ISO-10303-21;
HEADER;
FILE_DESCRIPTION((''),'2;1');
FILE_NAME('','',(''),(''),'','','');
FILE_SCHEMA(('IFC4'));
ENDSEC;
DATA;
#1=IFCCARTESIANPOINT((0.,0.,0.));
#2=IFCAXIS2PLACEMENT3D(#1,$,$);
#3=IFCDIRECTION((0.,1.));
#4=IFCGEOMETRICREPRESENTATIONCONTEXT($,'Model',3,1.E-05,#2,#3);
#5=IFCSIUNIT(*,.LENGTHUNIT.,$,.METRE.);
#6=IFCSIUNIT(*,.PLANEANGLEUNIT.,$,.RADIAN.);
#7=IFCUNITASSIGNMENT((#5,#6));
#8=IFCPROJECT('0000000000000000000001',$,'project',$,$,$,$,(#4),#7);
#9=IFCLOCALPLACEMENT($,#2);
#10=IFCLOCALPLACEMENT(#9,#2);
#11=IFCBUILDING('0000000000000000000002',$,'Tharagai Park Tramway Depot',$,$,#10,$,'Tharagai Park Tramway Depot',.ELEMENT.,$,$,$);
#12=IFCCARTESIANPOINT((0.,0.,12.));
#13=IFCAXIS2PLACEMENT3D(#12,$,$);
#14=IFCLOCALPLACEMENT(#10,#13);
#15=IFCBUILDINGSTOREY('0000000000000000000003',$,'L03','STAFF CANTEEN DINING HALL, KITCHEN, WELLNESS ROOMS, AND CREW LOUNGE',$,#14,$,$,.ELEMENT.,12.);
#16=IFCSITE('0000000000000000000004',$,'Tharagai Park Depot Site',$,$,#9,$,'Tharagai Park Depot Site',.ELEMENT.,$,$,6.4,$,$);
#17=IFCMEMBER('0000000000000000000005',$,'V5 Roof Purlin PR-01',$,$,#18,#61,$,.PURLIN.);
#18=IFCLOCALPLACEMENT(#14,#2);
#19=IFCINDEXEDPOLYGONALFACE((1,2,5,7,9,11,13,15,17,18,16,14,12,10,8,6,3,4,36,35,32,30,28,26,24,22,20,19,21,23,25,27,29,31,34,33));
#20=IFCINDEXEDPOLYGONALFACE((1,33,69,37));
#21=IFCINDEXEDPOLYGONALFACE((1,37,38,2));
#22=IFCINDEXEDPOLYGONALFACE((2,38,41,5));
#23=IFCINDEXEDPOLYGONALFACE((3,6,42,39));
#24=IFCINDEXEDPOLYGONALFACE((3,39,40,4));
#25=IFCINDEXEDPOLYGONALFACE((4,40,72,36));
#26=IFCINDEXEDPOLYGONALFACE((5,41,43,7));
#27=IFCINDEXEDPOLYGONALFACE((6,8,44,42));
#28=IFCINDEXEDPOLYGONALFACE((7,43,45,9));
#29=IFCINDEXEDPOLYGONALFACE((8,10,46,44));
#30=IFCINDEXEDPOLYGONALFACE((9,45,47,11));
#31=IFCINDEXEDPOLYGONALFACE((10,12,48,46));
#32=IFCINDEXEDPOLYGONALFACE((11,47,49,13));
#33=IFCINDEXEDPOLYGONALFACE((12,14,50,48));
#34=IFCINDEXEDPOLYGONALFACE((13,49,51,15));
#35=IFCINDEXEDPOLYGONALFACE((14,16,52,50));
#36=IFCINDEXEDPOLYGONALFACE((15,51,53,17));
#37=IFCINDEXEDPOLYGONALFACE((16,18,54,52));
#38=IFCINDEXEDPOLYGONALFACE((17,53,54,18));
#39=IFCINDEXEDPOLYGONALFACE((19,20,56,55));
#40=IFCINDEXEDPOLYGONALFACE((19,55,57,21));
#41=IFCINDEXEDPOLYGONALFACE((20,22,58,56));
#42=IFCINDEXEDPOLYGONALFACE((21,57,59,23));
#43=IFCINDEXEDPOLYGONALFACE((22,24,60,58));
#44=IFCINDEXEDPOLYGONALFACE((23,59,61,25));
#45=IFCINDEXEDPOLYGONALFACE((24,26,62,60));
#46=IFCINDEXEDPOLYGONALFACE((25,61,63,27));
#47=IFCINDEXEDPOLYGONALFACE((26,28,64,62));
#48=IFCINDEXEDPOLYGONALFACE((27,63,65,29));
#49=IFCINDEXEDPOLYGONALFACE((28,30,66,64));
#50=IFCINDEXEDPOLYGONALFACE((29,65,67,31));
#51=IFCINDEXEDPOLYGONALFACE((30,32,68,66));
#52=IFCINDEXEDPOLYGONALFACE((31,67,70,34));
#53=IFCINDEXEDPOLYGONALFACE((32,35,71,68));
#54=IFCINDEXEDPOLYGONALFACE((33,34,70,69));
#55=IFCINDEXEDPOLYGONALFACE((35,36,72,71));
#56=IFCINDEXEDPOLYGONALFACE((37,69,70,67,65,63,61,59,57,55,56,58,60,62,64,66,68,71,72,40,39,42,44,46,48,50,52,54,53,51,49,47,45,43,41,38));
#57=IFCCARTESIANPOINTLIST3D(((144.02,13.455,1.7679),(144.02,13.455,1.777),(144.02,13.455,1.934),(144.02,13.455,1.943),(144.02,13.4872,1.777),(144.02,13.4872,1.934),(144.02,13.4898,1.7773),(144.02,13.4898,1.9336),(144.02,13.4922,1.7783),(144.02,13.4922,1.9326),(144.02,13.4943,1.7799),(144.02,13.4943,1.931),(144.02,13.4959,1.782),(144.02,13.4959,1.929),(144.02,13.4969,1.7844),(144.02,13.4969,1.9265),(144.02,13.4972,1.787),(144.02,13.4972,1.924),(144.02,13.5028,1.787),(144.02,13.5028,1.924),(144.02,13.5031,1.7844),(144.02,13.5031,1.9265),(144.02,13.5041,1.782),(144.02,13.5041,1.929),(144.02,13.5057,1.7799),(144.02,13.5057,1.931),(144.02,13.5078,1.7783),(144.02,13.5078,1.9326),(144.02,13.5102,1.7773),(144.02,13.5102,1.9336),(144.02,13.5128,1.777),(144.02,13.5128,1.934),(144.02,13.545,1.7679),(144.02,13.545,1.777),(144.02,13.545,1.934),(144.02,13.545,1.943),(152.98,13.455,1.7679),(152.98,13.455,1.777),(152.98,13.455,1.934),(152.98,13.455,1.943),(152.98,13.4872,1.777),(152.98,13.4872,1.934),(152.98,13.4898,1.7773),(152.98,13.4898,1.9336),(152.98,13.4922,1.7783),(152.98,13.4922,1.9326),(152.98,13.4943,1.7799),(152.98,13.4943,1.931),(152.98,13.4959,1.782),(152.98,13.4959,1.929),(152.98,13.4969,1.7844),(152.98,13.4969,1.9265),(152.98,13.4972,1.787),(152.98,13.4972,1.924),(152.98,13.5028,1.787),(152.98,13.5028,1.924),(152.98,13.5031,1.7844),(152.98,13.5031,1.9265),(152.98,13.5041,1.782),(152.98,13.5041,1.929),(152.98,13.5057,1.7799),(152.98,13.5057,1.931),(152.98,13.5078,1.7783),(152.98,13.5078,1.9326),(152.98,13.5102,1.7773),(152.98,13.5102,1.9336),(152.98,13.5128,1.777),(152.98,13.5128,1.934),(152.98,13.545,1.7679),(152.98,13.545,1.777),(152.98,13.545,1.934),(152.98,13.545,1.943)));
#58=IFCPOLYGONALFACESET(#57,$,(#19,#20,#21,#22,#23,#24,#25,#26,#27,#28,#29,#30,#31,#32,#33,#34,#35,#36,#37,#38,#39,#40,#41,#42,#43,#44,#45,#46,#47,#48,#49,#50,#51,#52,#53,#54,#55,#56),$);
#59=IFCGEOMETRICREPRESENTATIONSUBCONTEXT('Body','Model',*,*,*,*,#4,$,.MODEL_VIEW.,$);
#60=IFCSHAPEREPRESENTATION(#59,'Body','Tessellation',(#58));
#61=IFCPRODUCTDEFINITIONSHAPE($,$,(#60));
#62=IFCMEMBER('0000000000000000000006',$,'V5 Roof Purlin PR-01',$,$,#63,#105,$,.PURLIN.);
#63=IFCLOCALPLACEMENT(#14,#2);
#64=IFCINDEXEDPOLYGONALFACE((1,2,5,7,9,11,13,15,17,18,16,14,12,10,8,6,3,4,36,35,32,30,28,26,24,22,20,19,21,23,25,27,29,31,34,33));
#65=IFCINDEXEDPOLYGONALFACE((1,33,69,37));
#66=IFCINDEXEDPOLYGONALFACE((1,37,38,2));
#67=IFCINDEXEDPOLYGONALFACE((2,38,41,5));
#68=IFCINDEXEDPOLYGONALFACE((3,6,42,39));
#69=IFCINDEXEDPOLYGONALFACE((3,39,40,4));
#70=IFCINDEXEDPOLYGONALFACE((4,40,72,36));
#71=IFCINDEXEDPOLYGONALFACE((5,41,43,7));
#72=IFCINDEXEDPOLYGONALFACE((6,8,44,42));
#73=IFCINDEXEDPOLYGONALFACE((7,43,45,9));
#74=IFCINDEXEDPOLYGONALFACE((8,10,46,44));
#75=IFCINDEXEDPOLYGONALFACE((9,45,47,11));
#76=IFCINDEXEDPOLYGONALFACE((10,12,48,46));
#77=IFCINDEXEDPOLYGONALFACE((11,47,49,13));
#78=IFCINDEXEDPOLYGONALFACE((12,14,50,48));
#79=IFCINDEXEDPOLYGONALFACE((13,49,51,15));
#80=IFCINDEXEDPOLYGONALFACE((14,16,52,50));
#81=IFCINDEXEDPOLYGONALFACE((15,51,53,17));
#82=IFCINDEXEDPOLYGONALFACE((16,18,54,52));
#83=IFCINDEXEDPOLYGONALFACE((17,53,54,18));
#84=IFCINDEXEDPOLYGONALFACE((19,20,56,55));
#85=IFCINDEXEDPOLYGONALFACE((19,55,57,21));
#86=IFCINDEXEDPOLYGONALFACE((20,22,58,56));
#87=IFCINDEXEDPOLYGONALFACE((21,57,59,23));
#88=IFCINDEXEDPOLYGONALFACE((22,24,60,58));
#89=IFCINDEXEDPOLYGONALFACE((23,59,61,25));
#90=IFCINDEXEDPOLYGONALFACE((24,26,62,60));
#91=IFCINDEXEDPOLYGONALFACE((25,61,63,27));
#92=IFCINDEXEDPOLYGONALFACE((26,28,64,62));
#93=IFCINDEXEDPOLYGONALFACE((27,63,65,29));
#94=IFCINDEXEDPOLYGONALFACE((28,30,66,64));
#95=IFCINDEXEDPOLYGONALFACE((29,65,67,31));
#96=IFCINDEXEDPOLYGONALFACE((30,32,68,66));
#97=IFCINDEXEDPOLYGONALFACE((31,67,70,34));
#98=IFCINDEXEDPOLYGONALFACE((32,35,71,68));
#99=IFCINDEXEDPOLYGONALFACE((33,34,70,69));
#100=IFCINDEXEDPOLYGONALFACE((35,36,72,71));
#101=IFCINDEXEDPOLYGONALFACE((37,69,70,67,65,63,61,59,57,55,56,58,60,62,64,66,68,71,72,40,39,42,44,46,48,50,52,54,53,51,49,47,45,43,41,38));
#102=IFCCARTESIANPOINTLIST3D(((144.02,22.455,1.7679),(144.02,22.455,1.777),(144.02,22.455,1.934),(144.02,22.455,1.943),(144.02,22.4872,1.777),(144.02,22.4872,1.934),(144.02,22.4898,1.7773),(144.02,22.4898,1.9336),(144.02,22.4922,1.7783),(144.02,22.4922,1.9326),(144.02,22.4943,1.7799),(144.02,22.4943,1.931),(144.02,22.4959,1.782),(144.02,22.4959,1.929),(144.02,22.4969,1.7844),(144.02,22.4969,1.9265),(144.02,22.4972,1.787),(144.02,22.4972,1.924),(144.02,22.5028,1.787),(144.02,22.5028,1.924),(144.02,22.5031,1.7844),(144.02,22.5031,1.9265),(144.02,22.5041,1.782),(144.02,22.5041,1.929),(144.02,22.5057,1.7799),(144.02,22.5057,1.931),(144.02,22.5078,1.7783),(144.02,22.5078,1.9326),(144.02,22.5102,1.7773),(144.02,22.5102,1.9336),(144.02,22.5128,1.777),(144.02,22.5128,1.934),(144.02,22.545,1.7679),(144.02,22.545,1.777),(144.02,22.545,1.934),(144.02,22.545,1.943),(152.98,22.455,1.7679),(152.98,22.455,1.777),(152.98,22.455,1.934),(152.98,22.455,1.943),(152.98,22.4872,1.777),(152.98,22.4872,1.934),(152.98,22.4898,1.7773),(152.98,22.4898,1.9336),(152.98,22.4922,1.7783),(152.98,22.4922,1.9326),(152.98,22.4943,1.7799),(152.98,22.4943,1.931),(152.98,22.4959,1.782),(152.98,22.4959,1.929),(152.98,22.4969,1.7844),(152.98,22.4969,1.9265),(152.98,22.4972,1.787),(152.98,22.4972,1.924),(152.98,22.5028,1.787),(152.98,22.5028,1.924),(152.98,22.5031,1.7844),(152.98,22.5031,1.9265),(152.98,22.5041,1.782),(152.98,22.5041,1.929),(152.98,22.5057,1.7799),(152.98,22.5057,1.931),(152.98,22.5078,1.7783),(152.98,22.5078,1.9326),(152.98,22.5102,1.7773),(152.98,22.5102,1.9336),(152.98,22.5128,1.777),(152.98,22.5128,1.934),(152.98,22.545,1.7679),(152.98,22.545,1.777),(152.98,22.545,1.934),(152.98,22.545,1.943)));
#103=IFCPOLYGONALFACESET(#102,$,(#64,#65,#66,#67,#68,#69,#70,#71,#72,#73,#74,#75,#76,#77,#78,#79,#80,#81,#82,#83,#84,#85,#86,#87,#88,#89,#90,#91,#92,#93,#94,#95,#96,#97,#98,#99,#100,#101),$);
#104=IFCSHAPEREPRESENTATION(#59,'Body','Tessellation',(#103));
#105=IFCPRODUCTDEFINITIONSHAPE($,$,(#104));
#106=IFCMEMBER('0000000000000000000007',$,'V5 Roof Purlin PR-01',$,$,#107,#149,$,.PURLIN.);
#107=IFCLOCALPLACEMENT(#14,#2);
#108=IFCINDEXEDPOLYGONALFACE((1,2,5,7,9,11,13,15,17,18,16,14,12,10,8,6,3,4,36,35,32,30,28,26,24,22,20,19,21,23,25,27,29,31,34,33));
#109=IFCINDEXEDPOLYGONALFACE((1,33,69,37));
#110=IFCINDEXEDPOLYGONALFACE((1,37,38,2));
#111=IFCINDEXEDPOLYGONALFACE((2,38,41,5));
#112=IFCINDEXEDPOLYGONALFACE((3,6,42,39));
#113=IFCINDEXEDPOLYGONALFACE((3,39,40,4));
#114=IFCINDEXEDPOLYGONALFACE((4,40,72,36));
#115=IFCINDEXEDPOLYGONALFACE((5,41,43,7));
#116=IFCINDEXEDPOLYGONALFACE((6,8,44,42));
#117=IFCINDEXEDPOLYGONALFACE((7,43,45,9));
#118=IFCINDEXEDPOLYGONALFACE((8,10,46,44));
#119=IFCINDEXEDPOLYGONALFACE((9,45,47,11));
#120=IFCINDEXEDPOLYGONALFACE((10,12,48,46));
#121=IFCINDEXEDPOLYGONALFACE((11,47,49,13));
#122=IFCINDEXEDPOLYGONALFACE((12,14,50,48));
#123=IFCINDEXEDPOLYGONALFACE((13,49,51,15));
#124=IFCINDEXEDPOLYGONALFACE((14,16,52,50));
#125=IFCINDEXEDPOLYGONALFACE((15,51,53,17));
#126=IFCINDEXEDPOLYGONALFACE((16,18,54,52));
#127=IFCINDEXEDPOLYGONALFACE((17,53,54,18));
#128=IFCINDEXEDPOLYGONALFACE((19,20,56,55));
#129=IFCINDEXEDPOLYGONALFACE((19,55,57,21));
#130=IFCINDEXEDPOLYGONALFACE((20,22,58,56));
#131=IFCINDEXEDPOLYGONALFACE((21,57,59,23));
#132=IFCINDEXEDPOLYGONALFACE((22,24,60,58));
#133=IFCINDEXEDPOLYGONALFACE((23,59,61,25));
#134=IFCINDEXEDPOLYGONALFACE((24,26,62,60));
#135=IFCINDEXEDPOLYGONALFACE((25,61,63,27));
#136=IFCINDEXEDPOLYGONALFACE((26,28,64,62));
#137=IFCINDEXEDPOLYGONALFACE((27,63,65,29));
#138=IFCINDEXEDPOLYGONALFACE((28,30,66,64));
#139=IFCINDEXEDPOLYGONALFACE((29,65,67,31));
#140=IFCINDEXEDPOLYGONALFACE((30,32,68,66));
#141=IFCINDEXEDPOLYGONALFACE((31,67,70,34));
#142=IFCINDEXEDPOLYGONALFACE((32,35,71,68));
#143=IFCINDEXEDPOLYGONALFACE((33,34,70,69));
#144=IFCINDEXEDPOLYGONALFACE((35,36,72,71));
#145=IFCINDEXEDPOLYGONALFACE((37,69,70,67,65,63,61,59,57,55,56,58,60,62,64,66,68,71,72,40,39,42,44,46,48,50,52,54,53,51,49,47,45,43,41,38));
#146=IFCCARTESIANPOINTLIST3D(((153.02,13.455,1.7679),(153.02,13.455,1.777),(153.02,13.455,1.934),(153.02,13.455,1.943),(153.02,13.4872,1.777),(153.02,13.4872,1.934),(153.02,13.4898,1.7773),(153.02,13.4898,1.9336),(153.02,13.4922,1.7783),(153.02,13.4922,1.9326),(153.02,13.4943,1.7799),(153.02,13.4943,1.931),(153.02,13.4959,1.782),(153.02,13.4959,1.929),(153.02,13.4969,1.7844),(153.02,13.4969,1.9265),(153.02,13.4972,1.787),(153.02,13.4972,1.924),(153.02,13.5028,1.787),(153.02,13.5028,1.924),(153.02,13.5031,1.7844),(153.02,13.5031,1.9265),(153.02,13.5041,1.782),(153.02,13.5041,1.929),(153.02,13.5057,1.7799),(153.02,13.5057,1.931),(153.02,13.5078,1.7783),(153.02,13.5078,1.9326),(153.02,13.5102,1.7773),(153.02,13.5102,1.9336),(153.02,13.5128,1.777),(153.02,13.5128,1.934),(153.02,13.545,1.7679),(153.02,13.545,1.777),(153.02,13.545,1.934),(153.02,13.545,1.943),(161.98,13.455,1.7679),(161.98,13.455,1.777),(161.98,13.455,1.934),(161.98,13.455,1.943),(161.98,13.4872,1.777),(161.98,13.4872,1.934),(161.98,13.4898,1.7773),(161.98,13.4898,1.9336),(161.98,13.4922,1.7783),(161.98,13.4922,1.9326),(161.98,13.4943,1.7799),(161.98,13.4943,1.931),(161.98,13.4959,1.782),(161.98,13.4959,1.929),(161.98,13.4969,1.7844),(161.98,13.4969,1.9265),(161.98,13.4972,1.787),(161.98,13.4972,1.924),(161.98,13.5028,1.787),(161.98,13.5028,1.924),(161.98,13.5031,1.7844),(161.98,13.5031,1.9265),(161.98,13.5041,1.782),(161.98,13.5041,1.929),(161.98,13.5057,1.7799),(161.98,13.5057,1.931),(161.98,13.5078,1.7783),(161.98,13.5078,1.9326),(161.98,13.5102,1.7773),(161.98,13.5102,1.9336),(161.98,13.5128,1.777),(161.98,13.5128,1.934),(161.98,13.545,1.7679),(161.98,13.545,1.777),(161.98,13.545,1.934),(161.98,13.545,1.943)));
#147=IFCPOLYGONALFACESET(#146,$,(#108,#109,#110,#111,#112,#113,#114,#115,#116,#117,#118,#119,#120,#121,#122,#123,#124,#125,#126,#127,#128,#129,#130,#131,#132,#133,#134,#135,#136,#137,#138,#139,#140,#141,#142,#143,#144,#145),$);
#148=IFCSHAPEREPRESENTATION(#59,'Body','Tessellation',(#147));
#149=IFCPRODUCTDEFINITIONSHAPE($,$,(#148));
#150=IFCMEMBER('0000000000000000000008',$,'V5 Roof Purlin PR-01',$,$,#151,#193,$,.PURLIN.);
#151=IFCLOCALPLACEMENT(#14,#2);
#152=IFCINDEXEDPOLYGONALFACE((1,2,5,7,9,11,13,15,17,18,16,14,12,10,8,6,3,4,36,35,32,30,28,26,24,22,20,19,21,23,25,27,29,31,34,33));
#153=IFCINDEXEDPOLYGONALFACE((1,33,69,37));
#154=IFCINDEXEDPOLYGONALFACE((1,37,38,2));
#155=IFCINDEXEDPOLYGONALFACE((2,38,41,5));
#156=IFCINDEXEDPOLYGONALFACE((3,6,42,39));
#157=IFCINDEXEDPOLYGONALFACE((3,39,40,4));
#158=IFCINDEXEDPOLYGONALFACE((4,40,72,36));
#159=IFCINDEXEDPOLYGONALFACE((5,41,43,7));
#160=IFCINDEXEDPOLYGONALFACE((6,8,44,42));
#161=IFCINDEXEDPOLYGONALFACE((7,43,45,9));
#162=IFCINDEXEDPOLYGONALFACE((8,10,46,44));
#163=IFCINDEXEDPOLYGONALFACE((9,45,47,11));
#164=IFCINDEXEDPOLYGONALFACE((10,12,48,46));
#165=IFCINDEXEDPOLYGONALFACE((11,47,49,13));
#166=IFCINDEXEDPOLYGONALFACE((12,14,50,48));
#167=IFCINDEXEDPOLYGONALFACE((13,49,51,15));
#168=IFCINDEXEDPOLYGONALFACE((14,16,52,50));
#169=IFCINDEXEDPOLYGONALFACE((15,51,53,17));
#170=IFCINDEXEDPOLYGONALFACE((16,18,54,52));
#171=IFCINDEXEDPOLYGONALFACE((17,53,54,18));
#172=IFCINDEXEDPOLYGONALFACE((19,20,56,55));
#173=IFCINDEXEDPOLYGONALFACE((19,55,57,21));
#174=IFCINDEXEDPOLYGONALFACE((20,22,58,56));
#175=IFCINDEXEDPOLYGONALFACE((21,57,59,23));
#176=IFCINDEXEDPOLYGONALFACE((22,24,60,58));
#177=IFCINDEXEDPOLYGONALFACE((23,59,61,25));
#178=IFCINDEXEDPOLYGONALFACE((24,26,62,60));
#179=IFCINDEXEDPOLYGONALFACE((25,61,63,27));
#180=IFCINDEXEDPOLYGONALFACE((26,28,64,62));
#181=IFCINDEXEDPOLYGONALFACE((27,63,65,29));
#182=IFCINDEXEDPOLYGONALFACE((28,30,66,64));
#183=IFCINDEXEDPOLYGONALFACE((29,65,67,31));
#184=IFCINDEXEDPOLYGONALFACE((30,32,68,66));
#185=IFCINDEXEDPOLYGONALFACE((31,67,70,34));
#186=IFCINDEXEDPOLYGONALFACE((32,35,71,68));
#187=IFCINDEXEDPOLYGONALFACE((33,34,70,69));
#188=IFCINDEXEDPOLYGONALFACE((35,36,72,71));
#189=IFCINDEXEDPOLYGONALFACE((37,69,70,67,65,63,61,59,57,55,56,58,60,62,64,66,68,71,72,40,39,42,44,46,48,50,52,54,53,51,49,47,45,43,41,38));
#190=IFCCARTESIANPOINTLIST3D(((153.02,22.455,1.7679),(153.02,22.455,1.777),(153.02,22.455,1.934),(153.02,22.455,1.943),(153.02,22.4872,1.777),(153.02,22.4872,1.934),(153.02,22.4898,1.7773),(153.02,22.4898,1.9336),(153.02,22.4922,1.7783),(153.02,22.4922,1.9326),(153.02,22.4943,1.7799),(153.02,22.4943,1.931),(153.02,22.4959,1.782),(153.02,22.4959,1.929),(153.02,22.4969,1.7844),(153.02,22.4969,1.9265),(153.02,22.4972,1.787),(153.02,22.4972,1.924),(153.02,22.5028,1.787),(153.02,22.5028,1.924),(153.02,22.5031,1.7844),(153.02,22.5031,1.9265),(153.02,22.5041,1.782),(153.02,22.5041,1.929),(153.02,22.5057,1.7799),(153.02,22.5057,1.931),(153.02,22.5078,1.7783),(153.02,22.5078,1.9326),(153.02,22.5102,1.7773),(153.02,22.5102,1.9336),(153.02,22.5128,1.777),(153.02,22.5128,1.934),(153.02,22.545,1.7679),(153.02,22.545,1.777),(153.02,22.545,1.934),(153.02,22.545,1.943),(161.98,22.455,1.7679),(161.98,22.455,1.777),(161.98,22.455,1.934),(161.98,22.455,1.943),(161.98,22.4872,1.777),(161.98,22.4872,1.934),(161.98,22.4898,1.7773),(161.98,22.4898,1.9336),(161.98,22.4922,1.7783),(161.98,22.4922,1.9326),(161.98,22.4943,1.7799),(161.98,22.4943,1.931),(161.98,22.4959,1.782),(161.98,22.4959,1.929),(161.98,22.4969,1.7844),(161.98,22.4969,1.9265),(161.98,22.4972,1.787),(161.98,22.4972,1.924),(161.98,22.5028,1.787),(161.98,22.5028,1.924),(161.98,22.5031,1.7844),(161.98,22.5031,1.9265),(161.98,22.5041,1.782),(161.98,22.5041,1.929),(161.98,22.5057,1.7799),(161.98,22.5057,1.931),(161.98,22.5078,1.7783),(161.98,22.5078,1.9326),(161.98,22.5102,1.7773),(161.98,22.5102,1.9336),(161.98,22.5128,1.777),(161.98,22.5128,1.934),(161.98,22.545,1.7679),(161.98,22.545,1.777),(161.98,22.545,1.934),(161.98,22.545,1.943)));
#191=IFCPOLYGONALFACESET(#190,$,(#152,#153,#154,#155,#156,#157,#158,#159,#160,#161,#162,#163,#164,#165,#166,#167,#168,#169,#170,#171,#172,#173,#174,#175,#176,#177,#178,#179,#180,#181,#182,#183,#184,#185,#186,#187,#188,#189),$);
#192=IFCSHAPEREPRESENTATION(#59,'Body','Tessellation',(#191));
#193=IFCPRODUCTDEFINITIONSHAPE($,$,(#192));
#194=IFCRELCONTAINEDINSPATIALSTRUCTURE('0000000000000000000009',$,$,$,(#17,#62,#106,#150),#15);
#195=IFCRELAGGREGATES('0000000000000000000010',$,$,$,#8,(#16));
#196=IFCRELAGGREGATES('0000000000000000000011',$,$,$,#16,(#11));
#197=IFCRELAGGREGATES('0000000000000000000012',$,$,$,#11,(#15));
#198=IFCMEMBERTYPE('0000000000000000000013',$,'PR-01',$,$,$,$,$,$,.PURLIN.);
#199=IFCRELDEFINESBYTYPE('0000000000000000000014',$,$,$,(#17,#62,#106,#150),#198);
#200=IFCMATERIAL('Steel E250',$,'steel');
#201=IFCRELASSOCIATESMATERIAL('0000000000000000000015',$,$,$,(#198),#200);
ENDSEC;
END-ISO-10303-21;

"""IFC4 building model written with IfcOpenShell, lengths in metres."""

from ifc_helpers import new_model, si_unit, direction, frame, origin, origin_2d, place, context, subcontext, project, spatial, i_section, extrude, material, material_profile, profile_set, type_object, element, save


model = new_model("IFC4")

# Units and contexts
model_context = context("Model", 3, precision=1e-05, world=origin(), true_north=direction((0.0, 1.0)))
body_context = subcontext(model_context, "Body", "Model", "MODEL_VIEW")
ifc_project = project(units=[si_unit("LENGTHUNIT", "METRE"), si_unit("PLANEANGLEUNIT", "RADIAN")], contexts=[model_context])

# Site, building, storey
site_placement = place(None, origin())
site = spatial("IfcSite", under=ifc_project, at=site_placement, Name="Tharagai Park Depot Site", LongName="Tharagai Park Depot Site", CompositionType="ELEMENT", RefElevation=6.4)
building_placement = place(site_placement, origin())
building = spatial("IfcBuilding", under=site, at=building_placement, Name="Tharagai Park Tramway Depot", LongName="Tharagai Park Tramway Depot", CompositionType="ELEMENT")
storey_placement = place(building_placement, frame((0.0, 0.0, 12.0)))
storey = spatial("IfcBuildingStorey", under=building, at=storey_placement, Name="L03", Description="STAFF CANTEEN DINING HALL, KITCHEN, WELLNESS ROOMS, AND CREW LOUNGE", CompositionType="ELEMENT", Elevation=12.0)

# Members
ifc_material_1 = material(Name="Steel E250", Category="steel")
ifc_material_profile_1 = material_profile(ifc_material_1, i_section(OverallWidth=0.0901, OverallDepth=0.175, WebThickness=0.0056, FlangeThickness=0.009, FilletRadius=0.01, at=origin_2d()), Name="ISMB 175")
ifc_profile_set_1 = profile_set([ifc_material_profile_1], Name="Steel E250")
member_type_1 = type_object("IfcMemberType", Name="PR-01", PredefinedType="PURLIN", material=ifc_profile_set_1)
for number, where, z_axis, x_axis, name in (
    (1, (144.02, 13.5, 1.8555), (1.0, 0.0, 0.0), (0.0, 1.0, 0.0), "V5 Roof Purlin PR-01"),
    (2, (144.02, 22.5, 1.8555), (1.0, 0.0, 0.0), (0.0, 1.0, 0.0), "V5 Roof Purlin PR-01"),
    (3, (153.02, 13.5, 1.8555), (1.0, 0.0, 0.0), (0.0, 1.0, 0.0), "V5 Roof Purlin PR-01"),
    (4, (153.02, 22.5, 1.8555), (1.0, 0.0, 0.0), (0.0, 1.0, 0.0), "V5 Roof Purlin PR-01"),
):
    element("IfcMember", number, at=place(storey_placement, frame(where, z_axis=z_axis, x_axis=x_axis)), inside=storey, type_object=member_type_1, Name=name, PredefinedType="PURLIN", context=body_context, shape_type="SweptSolid", body=[
        extrude(i_section(OverallWidth=0.0901, OverallDepth=0.175, WebThickness=0.0056, FlangeThickness=0.009, FilletRadius=0.01, at=origin_2d()), origin(), (0.0, 0.0, 1.0), 8.96),
    ])

save(model, "model.ifc")
